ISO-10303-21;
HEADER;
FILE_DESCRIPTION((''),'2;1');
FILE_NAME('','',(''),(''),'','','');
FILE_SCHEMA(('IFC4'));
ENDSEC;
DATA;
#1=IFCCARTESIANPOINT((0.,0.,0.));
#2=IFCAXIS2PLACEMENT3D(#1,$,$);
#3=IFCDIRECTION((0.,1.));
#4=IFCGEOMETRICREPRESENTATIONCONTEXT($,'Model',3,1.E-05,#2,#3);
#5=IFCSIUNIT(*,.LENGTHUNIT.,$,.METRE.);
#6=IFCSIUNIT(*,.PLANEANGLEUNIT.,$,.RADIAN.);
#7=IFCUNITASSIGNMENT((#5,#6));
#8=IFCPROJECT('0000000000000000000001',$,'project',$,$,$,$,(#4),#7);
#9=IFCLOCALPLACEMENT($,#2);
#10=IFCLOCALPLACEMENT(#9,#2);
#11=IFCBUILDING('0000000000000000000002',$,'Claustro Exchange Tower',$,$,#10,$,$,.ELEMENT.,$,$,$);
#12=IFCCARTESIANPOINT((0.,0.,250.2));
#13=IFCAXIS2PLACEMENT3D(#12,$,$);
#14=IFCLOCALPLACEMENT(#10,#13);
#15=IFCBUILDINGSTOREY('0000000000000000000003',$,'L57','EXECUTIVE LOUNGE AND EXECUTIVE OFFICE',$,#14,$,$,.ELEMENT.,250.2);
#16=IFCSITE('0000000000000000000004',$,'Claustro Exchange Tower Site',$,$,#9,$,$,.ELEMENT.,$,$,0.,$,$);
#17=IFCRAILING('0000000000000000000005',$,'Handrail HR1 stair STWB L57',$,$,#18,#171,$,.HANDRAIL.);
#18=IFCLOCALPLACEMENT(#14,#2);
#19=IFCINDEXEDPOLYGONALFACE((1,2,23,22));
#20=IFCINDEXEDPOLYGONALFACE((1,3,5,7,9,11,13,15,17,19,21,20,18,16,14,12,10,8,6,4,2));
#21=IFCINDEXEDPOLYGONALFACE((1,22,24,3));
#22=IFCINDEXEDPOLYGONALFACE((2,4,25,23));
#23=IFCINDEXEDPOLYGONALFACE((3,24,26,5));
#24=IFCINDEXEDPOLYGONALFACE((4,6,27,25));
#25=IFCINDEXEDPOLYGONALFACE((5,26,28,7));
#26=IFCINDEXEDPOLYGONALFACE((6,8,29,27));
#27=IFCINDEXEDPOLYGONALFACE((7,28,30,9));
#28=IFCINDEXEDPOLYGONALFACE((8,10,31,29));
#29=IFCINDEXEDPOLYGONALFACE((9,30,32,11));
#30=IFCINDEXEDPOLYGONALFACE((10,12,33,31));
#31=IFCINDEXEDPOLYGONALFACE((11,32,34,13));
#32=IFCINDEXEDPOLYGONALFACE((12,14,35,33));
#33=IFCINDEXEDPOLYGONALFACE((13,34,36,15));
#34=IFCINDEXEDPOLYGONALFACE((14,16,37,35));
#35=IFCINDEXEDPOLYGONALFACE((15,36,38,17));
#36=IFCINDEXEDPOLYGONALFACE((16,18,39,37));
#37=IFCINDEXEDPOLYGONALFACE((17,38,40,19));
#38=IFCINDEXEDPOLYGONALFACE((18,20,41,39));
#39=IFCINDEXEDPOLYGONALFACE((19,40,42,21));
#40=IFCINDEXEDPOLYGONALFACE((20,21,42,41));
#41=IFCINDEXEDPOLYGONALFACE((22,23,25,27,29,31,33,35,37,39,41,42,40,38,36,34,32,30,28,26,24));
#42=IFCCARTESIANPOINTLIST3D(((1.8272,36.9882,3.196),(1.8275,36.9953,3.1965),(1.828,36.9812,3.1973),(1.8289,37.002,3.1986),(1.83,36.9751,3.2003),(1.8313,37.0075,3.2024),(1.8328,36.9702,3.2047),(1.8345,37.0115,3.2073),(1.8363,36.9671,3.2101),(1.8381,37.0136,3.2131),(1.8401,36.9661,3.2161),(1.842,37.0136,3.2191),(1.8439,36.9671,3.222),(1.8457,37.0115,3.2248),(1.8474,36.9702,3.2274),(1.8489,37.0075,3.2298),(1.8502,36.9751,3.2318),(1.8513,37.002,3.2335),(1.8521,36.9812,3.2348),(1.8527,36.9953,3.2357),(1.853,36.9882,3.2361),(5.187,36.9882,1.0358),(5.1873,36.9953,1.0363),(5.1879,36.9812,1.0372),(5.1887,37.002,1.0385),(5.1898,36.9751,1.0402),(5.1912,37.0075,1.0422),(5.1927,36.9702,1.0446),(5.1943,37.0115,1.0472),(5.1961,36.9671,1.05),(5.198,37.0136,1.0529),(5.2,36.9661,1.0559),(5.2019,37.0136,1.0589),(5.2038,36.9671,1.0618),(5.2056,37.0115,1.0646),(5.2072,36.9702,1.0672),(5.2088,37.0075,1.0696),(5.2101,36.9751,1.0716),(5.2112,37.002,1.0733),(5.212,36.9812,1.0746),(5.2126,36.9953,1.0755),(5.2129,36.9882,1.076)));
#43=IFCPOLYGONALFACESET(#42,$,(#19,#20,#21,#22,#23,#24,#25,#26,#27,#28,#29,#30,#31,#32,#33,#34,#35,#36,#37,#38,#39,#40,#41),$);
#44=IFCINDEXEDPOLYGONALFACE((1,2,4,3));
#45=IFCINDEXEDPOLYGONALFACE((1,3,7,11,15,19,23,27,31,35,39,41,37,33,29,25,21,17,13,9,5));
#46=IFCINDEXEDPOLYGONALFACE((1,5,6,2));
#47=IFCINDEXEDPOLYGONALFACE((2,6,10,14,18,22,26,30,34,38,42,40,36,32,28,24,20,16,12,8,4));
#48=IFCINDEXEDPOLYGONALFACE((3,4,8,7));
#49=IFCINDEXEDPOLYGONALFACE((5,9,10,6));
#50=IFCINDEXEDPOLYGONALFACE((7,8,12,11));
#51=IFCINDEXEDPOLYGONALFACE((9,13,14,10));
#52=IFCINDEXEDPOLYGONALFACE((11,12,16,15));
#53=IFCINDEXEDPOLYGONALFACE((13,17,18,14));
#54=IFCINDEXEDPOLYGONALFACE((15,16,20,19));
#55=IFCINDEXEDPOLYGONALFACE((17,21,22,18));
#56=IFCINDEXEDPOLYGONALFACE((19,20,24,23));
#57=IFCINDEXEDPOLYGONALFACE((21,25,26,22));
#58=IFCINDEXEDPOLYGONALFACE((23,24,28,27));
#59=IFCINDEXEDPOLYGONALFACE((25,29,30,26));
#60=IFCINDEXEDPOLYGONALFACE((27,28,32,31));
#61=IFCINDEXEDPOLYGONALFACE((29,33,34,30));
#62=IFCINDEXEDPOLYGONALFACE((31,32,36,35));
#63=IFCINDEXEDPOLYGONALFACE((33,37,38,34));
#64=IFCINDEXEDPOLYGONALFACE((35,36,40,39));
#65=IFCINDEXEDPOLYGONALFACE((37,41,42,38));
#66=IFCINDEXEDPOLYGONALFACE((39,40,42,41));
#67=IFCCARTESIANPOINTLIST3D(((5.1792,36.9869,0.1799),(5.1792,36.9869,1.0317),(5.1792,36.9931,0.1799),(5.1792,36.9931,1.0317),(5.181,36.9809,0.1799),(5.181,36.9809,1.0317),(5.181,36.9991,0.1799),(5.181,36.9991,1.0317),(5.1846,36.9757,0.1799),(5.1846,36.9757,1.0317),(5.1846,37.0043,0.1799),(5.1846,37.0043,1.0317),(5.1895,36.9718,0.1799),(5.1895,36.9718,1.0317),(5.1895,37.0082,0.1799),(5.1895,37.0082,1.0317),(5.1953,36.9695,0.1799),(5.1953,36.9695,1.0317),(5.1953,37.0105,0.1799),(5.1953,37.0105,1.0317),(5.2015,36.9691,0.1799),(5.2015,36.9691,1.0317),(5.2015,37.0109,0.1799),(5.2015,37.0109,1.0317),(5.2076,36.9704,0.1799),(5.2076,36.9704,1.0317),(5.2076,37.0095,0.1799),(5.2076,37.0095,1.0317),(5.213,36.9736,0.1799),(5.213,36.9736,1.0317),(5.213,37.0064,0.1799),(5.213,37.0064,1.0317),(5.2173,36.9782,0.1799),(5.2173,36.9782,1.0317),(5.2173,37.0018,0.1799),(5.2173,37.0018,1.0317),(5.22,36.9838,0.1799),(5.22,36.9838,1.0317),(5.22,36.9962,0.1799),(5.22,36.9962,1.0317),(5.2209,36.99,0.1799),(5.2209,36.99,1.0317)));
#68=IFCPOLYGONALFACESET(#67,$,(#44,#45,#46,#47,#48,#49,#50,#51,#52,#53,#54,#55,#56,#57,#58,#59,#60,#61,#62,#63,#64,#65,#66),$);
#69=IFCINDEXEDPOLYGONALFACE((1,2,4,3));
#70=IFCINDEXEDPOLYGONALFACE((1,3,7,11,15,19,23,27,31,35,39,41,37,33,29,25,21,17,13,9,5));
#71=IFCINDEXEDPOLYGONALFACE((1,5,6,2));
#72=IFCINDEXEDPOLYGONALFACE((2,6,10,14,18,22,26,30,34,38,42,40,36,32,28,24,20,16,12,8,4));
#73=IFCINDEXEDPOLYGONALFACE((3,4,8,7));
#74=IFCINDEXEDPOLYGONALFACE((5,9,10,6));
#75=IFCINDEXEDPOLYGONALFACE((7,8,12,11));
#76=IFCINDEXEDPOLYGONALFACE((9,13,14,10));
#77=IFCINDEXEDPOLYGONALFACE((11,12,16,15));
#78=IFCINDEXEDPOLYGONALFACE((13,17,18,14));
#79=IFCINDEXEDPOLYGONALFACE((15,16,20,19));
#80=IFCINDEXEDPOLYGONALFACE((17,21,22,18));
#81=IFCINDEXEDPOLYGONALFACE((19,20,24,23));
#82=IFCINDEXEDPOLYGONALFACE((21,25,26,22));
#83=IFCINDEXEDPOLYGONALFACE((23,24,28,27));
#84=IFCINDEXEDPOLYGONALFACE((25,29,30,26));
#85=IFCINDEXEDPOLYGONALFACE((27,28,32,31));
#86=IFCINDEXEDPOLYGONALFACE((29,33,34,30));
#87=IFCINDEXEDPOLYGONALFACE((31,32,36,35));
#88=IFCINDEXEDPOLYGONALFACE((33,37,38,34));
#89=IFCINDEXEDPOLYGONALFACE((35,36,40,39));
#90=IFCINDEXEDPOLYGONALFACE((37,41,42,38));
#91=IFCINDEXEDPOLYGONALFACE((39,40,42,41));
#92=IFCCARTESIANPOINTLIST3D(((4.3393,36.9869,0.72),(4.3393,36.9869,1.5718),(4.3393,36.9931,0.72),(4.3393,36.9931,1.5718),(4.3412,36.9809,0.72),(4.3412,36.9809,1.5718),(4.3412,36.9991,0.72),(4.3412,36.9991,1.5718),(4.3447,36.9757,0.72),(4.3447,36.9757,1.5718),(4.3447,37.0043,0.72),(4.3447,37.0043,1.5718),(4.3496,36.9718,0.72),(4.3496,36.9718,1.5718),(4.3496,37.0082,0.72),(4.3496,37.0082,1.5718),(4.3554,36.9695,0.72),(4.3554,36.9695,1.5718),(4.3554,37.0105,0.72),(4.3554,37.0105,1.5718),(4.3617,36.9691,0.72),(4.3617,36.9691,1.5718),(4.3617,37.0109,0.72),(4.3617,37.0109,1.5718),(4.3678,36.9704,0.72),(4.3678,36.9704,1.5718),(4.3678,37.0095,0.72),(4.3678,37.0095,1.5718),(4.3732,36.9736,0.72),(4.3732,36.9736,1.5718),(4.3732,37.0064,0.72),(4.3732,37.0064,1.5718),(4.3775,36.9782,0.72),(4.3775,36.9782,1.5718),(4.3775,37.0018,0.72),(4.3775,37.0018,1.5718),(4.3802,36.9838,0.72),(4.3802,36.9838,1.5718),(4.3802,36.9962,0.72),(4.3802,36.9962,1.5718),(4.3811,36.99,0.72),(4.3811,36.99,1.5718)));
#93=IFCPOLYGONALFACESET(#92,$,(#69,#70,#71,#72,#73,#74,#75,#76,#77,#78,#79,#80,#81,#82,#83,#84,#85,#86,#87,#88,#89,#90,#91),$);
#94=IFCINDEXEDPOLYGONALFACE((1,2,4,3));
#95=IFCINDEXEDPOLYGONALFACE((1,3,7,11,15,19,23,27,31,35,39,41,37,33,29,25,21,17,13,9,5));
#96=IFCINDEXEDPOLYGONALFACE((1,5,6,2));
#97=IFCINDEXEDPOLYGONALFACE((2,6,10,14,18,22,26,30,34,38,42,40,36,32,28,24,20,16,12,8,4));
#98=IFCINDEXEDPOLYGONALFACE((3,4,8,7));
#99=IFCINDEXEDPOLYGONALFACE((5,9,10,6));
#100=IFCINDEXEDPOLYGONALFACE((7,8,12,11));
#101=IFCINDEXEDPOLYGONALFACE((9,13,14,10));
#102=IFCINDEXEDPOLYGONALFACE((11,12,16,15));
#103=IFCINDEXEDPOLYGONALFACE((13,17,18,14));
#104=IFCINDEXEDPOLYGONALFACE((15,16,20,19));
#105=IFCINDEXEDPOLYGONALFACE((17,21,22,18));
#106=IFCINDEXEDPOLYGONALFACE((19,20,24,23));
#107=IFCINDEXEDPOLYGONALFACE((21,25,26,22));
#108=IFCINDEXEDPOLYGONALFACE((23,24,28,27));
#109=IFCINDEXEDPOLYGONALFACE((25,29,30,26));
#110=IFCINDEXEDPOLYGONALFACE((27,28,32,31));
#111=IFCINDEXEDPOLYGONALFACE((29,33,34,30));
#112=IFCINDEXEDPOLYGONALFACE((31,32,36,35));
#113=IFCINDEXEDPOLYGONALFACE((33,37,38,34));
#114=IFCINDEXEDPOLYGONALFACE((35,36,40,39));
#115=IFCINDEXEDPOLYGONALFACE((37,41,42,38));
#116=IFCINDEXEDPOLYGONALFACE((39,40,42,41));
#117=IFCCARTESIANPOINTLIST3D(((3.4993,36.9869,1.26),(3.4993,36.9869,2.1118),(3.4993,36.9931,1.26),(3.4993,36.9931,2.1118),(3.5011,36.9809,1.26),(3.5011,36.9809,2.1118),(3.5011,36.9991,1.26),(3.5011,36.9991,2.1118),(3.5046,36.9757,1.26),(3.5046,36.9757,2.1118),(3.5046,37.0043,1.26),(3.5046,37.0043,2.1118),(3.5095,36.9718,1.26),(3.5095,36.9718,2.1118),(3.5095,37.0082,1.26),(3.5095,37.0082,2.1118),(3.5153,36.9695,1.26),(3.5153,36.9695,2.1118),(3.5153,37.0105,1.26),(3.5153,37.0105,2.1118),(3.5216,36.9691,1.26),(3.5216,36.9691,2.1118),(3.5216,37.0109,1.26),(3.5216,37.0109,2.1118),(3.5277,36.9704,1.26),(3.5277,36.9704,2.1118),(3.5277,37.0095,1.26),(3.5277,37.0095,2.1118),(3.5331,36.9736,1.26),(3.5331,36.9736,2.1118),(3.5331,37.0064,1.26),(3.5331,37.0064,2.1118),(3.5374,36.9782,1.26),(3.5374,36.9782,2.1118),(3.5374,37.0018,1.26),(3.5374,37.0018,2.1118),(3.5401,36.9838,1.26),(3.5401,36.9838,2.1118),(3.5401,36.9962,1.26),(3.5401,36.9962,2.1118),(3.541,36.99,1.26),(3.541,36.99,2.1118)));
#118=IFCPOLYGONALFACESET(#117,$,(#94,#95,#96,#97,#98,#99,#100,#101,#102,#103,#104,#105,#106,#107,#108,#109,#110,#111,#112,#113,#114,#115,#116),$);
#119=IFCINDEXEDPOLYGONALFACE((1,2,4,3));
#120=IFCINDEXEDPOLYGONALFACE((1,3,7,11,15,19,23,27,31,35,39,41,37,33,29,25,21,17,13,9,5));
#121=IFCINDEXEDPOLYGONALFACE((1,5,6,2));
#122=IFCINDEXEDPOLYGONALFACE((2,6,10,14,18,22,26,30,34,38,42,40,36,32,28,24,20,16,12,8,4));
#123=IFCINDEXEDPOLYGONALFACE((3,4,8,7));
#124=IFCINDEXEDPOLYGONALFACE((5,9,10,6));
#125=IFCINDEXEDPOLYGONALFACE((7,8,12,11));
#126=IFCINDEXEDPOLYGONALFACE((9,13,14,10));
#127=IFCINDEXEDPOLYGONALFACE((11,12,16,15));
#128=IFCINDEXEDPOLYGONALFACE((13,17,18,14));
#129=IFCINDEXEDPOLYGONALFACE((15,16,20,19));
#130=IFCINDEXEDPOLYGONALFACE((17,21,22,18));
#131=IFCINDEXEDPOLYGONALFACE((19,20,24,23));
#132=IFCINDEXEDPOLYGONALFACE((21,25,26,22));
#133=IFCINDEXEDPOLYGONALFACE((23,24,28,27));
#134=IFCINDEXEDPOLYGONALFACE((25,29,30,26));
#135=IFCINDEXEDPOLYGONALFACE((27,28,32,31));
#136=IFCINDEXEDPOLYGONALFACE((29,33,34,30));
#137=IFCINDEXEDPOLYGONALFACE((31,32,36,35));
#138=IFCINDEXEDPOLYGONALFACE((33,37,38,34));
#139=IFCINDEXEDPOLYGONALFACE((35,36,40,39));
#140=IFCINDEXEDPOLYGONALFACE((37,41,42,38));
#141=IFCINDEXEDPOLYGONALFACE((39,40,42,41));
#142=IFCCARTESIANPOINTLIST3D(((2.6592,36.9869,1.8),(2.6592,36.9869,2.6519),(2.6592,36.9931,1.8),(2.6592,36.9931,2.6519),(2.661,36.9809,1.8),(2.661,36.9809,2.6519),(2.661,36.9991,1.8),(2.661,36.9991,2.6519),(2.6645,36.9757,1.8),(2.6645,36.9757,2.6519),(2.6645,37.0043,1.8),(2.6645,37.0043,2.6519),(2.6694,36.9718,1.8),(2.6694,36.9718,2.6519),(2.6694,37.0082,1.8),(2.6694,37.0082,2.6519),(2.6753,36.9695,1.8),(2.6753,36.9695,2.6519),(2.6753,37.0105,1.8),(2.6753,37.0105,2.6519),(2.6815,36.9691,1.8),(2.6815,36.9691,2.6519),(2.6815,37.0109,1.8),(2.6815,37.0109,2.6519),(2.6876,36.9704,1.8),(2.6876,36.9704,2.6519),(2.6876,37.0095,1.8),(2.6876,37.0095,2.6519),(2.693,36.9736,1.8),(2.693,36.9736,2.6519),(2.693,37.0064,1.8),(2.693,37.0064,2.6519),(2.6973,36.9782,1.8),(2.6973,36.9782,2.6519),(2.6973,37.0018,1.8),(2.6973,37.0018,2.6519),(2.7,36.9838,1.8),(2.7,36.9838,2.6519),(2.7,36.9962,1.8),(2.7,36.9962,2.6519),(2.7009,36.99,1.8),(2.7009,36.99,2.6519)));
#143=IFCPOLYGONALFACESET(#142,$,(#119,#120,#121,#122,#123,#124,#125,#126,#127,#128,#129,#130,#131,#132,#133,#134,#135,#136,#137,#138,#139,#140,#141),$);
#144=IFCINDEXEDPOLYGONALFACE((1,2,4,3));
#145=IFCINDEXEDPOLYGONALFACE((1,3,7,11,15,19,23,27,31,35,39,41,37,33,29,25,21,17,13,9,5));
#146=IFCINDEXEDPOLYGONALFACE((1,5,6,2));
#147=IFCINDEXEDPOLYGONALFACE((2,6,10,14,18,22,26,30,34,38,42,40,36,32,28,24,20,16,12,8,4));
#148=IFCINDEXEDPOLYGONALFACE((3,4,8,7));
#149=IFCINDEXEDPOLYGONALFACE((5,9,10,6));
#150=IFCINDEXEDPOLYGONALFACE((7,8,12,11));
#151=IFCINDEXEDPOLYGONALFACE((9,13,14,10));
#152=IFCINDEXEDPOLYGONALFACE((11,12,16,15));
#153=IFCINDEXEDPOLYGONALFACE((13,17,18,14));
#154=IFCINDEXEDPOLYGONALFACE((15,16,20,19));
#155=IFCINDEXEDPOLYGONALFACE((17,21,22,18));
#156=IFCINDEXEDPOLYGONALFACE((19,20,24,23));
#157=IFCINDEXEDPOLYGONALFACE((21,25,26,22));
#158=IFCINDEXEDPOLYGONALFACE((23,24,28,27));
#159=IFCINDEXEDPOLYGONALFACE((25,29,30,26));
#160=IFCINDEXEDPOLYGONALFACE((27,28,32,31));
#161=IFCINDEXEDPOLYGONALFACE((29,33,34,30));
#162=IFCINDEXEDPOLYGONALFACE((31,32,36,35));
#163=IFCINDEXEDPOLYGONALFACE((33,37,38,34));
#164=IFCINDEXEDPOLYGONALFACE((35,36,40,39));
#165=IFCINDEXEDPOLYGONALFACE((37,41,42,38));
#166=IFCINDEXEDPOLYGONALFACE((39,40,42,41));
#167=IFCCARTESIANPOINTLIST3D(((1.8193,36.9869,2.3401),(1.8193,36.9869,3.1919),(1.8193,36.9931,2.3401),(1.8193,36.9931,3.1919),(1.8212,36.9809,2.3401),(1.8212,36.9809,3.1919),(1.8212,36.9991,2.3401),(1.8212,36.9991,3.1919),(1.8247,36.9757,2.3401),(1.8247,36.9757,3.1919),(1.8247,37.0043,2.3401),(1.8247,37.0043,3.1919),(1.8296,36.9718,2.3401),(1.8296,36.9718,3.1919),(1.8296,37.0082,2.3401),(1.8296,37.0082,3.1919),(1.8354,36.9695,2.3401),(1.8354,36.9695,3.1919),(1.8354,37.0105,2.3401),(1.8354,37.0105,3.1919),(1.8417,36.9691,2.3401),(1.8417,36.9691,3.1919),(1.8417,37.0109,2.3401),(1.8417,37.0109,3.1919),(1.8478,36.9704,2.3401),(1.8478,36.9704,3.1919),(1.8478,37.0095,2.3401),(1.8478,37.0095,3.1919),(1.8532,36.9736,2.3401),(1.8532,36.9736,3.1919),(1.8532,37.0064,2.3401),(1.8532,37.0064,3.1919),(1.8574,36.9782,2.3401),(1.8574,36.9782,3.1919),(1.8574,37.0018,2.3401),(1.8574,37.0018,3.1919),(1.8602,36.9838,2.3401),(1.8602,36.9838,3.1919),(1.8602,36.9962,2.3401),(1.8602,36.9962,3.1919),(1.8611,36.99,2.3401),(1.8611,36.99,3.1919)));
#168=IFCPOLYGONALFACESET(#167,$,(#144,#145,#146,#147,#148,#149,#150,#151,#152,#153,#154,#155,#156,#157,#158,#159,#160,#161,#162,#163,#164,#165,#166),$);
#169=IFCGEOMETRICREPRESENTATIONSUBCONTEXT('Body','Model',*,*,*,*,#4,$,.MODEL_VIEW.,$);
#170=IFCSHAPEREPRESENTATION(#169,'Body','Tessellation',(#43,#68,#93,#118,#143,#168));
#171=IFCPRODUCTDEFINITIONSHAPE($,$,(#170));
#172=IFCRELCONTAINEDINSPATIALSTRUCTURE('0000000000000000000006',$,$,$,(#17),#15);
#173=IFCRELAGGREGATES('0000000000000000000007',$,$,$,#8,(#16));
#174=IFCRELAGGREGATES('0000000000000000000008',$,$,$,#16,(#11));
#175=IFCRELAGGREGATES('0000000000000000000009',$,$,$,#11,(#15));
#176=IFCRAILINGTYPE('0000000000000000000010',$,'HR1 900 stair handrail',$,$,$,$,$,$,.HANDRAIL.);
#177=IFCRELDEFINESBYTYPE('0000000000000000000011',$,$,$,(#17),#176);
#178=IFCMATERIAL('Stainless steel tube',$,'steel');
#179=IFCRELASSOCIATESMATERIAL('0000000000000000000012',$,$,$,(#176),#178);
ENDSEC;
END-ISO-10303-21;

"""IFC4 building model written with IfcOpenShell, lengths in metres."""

from ifc_helpers import new_model, si_unit, direction, frame, origin, origin_2d, place, context, subcontext, project, spatial, circle, extrude, material, type_object, element, save


model = new_model("IFC4")

# Units and contexts
model_context = context("Model", 3, precision=1e-05, world=origin(), true_north=direction((0.0, 1.0)))
body_context = subcontext(model_context, "Body", "Model", "MODEL_VIEW")
ifc_project = project(units=[si_unit("LENGTHUNIT", "METRE"), si_unit("PLANEANGLEUNIT", "RADIAN")], contexts=[model_context])

# Site, building, storey
site_placement = place(None, origin())
site = spatial("IfcSite", under=ifc_project, at=site_placement, Name="Claustro Exchange Tower Site", CompositionType="ELEMENT", RefElevation=0.0)
building_placement = place(site_placement, origin())
building = spatial("IfcBuilding", under=site, at=building_placement, Name="Claustro Exchange Tower", CompositionType="ELEMENT")
storey_placement = place(building_placement, frame((0.0, 0.0, 250.2)))
storey = spatial("IfcBuildingStorey", under=building, at=storey_placement, Name="L57", Description="EXECUTIVE LOUNGE AND EXECUTIVE OFFICE", CompositionType="ELEMENT", Elevation=250.2)

# Railing
ifc_material_1 = material(Name="Stainless steel tube", Category="steel")
railing_type_1 = type_object("IfcRailingType", Name="HR1 900 stair handrail", PredefinedType="HANDRAIL", material=ifc_material_1)
railing_1_placement = place(storey_placement, frame((5.2, 36.99, 0.1799)))
element("IfcRailing", 1, at=railing_1_placement, inside=storey, type_object=railing_type_1, Name="Handrail HR1 stair STWB L57", PredefinedType="HANDRAIL", context=body_context, shape_type="SweptSolid", body=[
    extrude(circle(Radius=0.0239, at=origin_2d()), frame((0.0, 0.0, 0.876), z_axis=(-0.841151, 0.0, 0.540801), x_axis=(0.0, -1.0, 0.0)), (0.0, 0.0, 1.0), 3.9944),
    extrude(circle(Radius=0.021, at=origin_2d()), origin(), (0.0, 0.0, 1.0), 0.8518),
    extrude(circle(Radius=0.021, at=origin_2d()), frame((-0.8398, 0.0, 0.54)), (0.0, 0.0, 1.0), 0.8518),
    extrude(circle(Radius=0.021, at=origin_2d()), frame((-1.6799, 0.0, 1.0801)), (0.0, 0.0, 1.0), 0.8518),
    extrude(circle(Radius=0.021, at=origin_2d()), frame((-2.52, 0.0, 1.6201)), (0.0, 0.0, 1.0), 0.8518),
    extrude(circle(Radius=0.021, at=origin_2d()), frame((-3.3599, 0.0, 2.1602)), (0.0, 0.0, 1.0), 0.8518),
])

save(model, "model.ifc")
